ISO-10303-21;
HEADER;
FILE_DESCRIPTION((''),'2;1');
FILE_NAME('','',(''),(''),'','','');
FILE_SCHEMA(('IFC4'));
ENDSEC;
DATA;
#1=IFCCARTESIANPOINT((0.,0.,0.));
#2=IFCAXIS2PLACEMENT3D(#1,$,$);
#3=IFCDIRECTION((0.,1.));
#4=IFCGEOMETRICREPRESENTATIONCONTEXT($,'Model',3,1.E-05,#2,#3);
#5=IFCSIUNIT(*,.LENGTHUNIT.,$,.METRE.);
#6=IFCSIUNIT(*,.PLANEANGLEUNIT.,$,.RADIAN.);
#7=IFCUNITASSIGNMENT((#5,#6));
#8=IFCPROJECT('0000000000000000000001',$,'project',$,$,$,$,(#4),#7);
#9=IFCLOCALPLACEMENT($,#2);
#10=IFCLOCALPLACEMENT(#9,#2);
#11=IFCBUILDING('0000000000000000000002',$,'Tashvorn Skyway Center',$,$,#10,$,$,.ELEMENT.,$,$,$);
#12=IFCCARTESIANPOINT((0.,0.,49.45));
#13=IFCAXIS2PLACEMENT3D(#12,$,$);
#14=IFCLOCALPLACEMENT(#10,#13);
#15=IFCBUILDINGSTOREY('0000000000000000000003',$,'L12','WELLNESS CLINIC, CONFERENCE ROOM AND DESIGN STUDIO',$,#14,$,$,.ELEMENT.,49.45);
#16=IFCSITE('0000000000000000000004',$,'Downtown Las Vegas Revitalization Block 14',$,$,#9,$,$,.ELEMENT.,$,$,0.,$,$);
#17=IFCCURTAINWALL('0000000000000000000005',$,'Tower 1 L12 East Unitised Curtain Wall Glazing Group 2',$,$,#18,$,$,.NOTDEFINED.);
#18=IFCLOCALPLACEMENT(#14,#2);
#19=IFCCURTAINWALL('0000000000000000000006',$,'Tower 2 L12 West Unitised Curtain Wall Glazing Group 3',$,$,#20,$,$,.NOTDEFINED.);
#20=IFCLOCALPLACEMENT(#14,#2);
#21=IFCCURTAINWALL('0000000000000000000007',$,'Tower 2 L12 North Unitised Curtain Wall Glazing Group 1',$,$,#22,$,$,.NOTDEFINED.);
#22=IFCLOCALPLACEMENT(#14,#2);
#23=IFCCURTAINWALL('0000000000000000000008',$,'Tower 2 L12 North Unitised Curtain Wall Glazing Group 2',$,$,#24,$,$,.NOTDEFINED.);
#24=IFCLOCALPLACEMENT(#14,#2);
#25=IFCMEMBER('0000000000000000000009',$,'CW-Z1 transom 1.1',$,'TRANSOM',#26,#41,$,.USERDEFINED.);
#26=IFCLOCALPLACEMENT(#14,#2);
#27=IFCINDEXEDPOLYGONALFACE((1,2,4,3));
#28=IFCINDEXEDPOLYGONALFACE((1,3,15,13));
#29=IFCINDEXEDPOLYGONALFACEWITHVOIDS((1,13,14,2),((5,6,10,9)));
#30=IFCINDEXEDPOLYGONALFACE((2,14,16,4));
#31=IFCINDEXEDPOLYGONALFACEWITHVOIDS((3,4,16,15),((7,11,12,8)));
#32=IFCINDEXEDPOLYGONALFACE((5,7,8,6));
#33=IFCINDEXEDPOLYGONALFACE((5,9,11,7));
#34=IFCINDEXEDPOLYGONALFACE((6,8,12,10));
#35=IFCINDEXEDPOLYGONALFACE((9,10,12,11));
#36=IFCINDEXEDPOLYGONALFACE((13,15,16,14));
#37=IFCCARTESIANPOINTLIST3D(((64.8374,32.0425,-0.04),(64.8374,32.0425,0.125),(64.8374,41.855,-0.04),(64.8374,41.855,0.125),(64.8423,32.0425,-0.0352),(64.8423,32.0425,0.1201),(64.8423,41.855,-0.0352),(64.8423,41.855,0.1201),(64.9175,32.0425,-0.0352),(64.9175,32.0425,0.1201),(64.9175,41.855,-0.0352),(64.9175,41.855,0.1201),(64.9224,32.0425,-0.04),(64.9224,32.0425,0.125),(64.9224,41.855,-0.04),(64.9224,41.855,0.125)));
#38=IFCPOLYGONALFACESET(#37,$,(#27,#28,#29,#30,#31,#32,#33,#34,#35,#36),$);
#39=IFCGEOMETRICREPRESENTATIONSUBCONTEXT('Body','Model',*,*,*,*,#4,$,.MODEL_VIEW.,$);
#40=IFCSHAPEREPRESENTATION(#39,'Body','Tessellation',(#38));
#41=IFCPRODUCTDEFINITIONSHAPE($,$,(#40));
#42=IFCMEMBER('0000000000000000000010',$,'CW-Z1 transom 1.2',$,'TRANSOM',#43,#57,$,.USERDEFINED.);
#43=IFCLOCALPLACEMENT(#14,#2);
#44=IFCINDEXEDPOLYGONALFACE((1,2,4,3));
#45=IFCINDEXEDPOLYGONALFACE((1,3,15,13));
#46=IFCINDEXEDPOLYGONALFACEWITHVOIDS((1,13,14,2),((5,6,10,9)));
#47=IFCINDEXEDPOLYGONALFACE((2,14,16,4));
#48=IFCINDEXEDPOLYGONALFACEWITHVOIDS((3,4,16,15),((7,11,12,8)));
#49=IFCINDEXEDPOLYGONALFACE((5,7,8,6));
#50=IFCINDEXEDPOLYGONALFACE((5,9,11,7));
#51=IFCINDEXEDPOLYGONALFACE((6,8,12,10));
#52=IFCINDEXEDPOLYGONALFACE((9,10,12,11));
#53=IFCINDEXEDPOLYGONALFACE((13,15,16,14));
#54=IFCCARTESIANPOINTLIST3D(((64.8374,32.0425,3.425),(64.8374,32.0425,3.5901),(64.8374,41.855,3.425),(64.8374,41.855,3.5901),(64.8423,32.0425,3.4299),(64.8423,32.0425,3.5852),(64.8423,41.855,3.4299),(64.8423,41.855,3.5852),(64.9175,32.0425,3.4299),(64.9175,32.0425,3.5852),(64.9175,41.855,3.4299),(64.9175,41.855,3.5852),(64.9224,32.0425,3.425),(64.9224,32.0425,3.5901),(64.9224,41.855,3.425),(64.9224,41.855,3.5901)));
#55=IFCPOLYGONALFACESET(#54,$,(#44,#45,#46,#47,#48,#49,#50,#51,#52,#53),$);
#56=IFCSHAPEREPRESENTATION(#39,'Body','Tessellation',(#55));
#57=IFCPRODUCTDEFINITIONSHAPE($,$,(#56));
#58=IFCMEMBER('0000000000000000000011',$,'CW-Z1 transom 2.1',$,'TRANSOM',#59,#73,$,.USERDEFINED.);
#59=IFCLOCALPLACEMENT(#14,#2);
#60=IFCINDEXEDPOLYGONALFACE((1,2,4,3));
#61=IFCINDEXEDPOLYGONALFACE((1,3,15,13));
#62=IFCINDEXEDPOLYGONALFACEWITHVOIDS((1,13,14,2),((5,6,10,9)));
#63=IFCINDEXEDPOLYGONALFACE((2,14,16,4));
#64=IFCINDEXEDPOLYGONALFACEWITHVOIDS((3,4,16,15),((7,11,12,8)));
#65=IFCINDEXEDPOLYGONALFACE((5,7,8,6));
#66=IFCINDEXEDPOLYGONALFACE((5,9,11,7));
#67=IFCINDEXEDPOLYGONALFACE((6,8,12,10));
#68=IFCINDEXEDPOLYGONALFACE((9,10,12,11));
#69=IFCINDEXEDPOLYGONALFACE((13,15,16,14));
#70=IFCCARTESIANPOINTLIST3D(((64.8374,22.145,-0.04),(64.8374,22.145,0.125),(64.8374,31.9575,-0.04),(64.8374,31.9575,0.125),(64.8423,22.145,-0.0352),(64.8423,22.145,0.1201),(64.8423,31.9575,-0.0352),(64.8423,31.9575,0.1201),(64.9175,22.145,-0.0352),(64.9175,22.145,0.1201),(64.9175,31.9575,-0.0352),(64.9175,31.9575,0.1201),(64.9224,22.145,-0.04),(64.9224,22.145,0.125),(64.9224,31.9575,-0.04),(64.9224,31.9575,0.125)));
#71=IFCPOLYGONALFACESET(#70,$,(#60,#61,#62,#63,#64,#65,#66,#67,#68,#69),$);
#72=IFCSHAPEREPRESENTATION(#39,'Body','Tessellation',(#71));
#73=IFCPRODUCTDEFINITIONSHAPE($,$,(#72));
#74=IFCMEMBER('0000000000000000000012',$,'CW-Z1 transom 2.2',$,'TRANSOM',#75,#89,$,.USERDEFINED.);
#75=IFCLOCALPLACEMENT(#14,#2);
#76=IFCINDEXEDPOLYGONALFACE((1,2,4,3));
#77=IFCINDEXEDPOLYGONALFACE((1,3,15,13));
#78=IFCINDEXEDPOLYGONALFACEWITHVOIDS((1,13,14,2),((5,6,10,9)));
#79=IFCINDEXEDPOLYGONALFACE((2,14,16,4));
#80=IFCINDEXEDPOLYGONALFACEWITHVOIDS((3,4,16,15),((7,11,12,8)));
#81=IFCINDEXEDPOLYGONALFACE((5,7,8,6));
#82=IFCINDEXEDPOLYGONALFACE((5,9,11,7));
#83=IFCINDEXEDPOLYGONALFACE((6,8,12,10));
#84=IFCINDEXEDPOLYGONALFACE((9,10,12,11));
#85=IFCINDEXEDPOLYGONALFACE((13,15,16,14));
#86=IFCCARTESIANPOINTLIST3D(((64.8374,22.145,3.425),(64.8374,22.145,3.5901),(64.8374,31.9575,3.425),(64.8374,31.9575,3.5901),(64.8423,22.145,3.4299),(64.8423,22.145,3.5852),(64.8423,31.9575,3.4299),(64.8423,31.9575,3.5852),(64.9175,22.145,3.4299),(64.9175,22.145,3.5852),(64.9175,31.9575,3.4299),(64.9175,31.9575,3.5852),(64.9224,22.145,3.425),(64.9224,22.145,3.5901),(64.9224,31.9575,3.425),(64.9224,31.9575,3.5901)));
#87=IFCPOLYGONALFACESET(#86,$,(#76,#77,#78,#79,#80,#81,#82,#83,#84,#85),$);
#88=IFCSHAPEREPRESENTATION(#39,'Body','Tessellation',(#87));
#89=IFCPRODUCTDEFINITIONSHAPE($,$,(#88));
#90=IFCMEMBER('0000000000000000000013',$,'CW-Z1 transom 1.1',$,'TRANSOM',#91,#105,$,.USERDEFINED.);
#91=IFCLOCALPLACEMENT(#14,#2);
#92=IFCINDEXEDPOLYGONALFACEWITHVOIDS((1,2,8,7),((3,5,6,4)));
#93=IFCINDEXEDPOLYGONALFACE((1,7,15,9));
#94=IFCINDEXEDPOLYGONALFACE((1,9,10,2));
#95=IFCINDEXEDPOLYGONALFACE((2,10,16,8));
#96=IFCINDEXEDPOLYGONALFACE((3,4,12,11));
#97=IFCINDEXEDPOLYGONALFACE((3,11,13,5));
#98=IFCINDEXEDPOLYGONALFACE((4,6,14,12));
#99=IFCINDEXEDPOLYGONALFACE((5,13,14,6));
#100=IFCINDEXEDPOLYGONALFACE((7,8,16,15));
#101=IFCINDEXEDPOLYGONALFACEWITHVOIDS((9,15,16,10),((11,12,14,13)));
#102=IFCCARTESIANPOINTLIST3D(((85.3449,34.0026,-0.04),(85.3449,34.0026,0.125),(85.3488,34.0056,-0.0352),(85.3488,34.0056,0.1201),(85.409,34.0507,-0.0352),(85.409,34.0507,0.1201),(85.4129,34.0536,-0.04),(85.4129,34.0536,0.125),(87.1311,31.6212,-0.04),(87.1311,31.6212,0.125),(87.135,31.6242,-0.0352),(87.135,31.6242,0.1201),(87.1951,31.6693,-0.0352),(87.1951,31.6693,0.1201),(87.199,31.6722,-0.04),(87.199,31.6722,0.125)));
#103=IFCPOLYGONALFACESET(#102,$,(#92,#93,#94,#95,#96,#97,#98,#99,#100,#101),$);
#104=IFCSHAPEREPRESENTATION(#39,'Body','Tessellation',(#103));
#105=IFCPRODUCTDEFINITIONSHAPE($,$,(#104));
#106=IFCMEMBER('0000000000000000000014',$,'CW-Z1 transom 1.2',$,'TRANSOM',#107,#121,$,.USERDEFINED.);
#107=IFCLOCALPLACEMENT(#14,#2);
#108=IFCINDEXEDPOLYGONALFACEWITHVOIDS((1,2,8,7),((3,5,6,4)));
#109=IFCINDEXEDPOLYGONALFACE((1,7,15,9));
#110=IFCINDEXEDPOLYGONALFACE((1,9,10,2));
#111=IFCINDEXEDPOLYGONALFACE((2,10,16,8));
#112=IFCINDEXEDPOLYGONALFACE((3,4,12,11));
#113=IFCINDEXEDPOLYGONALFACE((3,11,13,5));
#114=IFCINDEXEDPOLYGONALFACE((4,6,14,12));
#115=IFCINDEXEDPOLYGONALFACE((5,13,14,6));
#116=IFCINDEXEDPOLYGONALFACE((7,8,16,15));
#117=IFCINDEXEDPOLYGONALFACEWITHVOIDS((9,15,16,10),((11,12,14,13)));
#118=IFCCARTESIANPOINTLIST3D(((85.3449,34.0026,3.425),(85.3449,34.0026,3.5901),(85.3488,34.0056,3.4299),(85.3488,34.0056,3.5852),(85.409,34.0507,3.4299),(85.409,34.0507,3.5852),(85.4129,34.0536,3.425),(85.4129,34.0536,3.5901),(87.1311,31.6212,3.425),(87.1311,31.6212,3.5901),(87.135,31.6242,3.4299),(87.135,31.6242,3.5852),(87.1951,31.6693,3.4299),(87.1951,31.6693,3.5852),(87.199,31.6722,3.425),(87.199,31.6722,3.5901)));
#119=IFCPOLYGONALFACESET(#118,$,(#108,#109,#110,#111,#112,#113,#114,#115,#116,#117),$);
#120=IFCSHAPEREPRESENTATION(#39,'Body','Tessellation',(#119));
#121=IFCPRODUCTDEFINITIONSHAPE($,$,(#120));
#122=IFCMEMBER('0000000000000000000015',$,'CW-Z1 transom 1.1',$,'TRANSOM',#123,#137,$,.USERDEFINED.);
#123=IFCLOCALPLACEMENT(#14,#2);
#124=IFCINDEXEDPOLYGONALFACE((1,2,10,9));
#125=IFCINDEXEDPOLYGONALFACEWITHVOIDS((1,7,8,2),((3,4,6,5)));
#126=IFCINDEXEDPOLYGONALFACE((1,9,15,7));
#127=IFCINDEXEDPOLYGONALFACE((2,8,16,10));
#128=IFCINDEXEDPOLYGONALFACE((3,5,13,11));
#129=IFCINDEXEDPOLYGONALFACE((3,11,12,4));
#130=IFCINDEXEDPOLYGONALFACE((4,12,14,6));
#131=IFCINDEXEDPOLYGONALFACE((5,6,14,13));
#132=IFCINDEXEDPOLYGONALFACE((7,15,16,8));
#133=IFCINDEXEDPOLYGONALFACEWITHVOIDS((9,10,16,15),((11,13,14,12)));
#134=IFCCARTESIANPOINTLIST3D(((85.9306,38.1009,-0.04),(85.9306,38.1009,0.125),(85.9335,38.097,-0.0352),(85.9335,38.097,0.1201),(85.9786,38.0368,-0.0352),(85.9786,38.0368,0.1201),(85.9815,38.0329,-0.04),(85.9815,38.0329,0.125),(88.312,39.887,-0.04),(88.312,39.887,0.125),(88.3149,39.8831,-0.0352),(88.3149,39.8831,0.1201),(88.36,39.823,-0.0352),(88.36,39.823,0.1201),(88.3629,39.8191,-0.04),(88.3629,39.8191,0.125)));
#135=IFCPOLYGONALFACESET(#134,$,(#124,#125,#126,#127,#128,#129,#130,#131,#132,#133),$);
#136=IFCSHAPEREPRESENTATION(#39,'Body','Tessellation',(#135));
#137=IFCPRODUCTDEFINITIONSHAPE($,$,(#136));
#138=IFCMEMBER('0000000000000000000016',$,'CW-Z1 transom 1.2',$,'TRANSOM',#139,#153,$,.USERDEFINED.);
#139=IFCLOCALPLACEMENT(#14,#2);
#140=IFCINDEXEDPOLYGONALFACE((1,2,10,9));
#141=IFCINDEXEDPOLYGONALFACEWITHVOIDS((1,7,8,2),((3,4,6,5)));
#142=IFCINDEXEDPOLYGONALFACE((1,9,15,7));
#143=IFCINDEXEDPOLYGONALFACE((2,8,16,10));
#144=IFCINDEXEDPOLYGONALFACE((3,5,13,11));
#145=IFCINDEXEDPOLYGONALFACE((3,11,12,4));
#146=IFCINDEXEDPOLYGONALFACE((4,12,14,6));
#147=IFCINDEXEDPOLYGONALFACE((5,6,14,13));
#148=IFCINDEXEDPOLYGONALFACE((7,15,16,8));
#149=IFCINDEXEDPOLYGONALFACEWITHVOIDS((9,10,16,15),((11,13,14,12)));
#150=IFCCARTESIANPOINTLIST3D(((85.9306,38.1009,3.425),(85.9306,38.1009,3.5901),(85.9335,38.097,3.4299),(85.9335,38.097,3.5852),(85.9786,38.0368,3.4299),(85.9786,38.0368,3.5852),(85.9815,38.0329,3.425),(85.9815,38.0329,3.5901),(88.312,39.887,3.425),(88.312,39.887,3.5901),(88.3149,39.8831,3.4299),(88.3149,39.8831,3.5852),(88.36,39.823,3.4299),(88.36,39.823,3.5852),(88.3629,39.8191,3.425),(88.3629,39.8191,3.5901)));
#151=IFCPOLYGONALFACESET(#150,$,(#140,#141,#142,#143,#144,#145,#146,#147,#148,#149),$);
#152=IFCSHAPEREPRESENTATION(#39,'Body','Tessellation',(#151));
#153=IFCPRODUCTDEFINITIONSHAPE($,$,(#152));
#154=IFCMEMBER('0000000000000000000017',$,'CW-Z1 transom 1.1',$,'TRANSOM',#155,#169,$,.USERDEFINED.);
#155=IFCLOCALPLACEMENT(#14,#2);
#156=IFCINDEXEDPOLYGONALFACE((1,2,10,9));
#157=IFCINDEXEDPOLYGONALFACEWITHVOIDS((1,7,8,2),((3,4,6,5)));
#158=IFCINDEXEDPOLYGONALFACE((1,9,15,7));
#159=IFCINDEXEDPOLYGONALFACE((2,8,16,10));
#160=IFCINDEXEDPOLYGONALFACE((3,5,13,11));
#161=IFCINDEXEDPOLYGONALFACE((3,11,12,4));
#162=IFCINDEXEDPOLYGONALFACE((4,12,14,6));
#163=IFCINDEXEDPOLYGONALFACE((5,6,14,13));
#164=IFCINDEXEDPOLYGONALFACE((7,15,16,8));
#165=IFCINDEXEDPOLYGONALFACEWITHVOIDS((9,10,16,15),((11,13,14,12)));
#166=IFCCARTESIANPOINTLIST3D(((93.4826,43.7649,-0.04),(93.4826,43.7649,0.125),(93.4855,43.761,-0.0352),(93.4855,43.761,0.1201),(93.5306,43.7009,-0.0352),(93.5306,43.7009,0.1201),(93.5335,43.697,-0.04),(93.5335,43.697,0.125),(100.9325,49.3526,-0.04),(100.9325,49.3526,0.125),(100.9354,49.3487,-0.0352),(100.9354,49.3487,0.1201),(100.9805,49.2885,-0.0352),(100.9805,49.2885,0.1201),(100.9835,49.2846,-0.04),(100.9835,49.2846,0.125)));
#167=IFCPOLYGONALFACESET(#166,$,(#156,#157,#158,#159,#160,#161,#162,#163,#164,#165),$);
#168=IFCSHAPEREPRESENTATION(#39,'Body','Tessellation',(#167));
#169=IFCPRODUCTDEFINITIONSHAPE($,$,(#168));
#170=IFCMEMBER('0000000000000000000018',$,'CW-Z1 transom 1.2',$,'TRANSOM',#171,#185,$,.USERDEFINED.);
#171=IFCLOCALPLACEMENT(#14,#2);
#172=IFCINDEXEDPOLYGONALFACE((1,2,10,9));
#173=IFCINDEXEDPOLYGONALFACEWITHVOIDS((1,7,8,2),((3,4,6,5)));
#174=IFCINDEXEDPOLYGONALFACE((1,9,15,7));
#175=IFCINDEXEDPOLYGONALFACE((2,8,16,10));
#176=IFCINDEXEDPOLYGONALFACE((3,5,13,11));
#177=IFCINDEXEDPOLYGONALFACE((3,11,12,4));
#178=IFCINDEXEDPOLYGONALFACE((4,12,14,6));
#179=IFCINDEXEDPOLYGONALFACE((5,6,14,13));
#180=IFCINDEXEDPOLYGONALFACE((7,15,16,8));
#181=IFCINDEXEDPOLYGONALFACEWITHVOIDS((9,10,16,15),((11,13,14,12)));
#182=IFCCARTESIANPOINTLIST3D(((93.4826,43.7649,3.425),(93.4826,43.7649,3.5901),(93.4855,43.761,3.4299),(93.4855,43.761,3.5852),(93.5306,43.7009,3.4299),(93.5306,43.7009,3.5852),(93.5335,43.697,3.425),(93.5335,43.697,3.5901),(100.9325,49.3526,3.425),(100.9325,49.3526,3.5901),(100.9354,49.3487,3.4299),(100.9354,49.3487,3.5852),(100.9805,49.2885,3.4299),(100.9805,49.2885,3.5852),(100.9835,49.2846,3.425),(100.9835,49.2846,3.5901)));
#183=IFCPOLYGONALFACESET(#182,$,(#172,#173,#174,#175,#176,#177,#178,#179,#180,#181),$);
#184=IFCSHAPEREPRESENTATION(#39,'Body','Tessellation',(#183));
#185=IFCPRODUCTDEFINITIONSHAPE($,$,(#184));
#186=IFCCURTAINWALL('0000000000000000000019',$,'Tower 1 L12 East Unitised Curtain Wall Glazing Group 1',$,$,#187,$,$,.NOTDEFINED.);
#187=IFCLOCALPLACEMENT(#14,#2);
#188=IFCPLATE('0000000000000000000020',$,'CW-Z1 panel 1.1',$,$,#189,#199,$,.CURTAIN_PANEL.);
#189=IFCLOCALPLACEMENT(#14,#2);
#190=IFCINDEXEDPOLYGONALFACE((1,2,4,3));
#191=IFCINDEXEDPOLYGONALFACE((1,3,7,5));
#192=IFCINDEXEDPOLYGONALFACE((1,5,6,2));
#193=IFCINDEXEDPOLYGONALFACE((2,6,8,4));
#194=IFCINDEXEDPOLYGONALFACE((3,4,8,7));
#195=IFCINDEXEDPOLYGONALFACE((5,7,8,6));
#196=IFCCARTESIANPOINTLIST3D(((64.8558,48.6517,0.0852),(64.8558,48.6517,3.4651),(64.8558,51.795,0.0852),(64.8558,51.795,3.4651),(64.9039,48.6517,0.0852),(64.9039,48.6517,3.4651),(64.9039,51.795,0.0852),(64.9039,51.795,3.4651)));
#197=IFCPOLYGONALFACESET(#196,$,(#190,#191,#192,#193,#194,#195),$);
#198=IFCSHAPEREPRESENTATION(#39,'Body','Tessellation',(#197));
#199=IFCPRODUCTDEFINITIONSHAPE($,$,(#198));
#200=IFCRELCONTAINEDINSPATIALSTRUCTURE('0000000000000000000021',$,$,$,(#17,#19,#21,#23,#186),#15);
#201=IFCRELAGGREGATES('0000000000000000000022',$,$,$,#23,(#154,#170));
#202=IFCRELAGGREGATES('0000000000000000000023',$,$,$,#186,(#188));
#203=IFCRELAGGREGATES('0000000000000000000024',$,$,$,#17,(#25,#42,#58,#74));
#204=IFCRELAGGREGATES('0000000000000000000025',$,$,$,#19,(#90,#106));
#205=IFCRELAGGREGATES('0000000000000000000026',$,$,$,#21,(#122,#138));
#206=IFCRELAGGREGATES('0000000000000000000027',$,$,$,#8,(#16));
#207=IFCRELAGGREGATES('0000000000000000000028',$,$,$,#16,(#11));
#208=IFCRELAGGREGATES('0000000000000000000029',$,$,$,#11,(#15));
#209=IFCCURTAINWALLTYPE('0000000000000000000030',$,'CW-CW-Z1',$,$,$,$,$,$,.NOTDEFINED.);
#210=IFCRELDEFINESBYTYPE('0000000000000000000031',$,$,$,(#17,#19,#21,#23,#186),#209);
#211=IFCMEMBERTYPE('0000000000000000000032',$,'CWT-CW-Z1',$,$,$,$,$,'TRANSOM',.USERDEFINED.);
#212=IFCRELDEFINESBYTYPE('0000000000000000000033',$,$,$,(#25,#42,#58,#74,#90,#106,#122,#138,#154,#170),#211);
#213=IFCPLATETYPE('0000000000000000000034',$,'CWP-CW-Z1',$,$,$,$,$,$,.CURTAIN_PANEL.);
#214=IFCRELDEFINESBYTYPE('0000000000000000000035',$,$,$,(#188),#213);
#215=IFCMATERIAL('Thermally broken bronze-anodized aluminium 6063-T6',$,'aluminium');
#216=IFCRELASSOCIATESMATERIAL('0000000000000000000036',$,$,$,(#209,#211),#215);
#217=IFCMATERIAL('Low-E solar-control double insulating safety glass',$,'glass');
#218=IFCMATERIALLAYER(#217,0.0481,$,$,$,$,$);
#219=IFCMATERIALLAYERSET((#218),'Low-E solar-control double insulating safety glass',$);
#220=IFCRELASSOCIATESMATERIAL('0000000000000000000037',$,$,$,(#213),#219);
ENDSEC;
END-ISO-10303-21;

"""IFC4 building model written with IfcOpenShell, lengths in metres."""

from ifc_helpers import new_model, si_unit, direction, frame, origin, origin_2d, place, context, subcontext, project, spatial, rectangle, hollow_rectangle, extrude, material, layer, layer_set, material_profile, profile_set, type_object, element, aggregate, save


model = new_model("IFC4")

# Units and contexts
model_context = context("Model", 3, precision=1e-05, world=origin(), true_north=direction((0.0, 1.0)))
body_context = subcontext(model_context, "Body", "Model", "MODEL_VIEW")
ifc_project = project(units=[si_unit("LENGTHUNIT", "METRE"), si_unit("PLANEANGLEUNIT", "RADIAN")], contexts=[model_context])

# Site, building, storey
site_placement = place(None, origin())
site = spatial("IfcSite", under=ifc_project, at=site_placement, Name="Downtown Las Vegas Revitalization Block 14", CompositionType="ELEMENT", RefElevation=0.0)
building_placement = place(site_placement, origin())
building = spatial("IfcBuilding", under=site, at=building_placement, Name="Tashvorn Skyway Center", CompositionType="ELEMENT")
storey_placement = place(building_placement, frame((0.0, 0.0, 49.45)))
storey = spatial("IfcBuildingStorey", under=building, at=storey_placement, Name="L12", Description="WELLNESS CLINIC, CONFERENCE ROOM AND DESIGN STUDIO", CompositionType="ELEMENT", Elevation=49.45)

# Curtain walls
ifc_material_1 = material(Name="Thermally broken bronze-anodized aluminium 6063-T6", Category="aluminium")
curtain_wall_type = type_object("IfcCurtainWallType", Name="CW-CW-Z1", PredefinedType="NOTDEFINED", material=ifc_material_1)
curtain_wall_1_placement = place(storey_placement, origin())
curtain_wall_1 = element("IfcCurtainWall", 1, at=curtain_wall_1_placement, inside=storey, type_object=curtain_wall_type, Name="Tower 1 L12 East Unitised Curtain Wall Glazing Group 2", PredefinedType="NOTDEFINED")
curtain_wall_2_placement = place(storey_placement, origin())
curtain_wall_2 = element("IfcCurtainWall", 2, at=curtain_wall_2_placement, inside=storey, type_object=curtain_wall_type, Name="Tower 2 L12 West Unitised Curtain Wall Glazing Group 3", PredefinedType="NOTDEFINED")
curtain_wall_3_placement = place(storey_placement, origin())
curtain_wall_3 = element("IfcCurtainWall", 3, at=curtain_wall_3_placement, inside=storey, type_object=curtain_wall_type, Name="Tower 2 L12 North Unitised Curtain Wall Glazing Group 1", PredefinedType="NOTDEFINED")

# Curtain wall
curtain_wall_4_placement = place(storey_placement, origin())
curtain_wall_4 = element("IfcCurtainWall", 4, at=curtain_wall_4_placement, inside=storey, type_object=curtain_wall_type, Name="Tower 2 L12 North Unitised Curtain Wall Glazing Group 2", PredefinedType="NOTDEFINED")

# Members
ifc_material_profile_1 = material_profile(ifc_material_1, hollow_rectangle(XDim=0.085, YDim=0.165, WallThickness=0.0049, at=origin_2d()), Name="ALU-TRAN-85x165")
ifc_profile_set_1 = profile_set([ifc_material_profile_1], Name="Thermally broken bronze-anodized aluminium 6063-T6")
member_type_1 = type_object("IfcMemberType", Name="CWT-CW-Z1", ElementType="TRANSOM", PredefinedType="USERDEFINED", material=ifc_profile_set_1)
member_1_placement = place(storey_placement, frame((64.8799, 41.855, 0.0425), z_axis=(0.0, -1.0, 0.0), x_axis=(1.0, 0.0, 0.0)))
member_1 = element("IfcMember", 5, at=member_1_placement, type_object=member_type_1, Name="CW-Z1 transom 1.1", ObjectType="TRANSOM", PredefinedType="USERDEFINED", context=body_context, shape_type="SweptSolid", body=[
    extrude(hollow_rectangle(XDim=0.085, YDim=0.165, WallThickness=0.0049, at=origin_2d()), origin(), (0.0, 0.0, 1.0), 9.8125),
])
member_2_placement = place(storey_placement, frame((64.8799, 41.855, 3.5076), z_axis=(0.0, -1.0, 0.0), x_axis=(1.0, 0.0, 0.0)))
member_2 = element("IfcMember", 6, at=member_2_placement, type_object=member_type_1, Name="CW-Z1 transom 1.2", ObjectType="TRANSOM", PredefinedType="USERDEFINED", context=body_context, shape_type="SweptSolid", body=[
    extrude(hollow_rectangle(XDim=0.085, YDim=0.165, WallThickness=0.0049, at=origin_2d()), origin(), (0.0, 0.0, 1.0), 9.8125),
])
member_3_placement = place(storey_placement, frame((64.8799, 31.9575, 0.0425), z_axis=(0.0, -1.0, 0.0), x_axis=(1.0, 0.0, 0.0)))
member_3 = element("IfcMember", 7, at=member_3_placement, type_object=member_type_1, Name="CW-Z1 transom 2.1", ObjectType="TRANSOM", PredefinedType="USERDEFINED", context=body_context, shape_type="SweptSolid", body=[
    extrude(hollow_rectangle(XDim=0.085, YDim=0.165, WallThickness=0.0049, at=origin_2d()), origin(), (0.0, 0.0, 1.0), 9.8125),
])
member_4_placement = place(storey_placement, frame((64.8799, 31.9575, 3.5076), z_axis=(0.0, -1.0, 0.0), x_axis=(1.0, 0.0, 0.0)))
member_4 = element("IfcMember", 8, at=member_4_placement, type_object=member_type_1, Name="CW-Z1 transom 2.2", ObjectType="TRANSOM", PredefinedType="USERDEFINED", context=body_context, shape_type="SweptSolid", body=[
    extrude(hollow_rectangle(XDim=0.085, YDim=0.165, WallThickness=0.0049, at=origin_2d()), origin(), (0.0, 0.0, 1.0), 9.8125),
])
member_5_placement = place(storey_placement, frame((87.165, 31.6467, 0.0425), z_axis=(-0.600026, 0.79998, 0.0), x_axis=(-0.79998, -0.600026, 0.0)))
member_5 = element("IfcMember", 9, at=member_5_placement, type_object=member_type_1, Name="CW-Z1 transom 1.1", ObjectType="TRANSOM", PredefinedType="USERDEFINED", context=body_context, shape_type="SweptSolid", body=[
    extrude(hollow_rectangle(XDim=0.085, YDim=0.165, WallThickness=0.0049, at=origin_2d()), origin(), (0.0, 0.0, 1.0), 2.9768),
])
member_6_placement = place(storey_placement, frame((87.165, 31.6467, 3.5076), z_axis=(-0.600026, 0.79998, 0.0), x_axis=(-0.79998, -0.600026, 0.0)))
member_6 = element("IfcMember", 10, at=member_6_placement, type_object=member_type_1, Name="CW-Z1 transom 1.2", ObjectType="TRANSOM", PredefinedType="USERDEFINED", context=body_context, shape_type="SweptSolid", body=[
    extrude(hollow_rectangle(XDim=0.085, YDim=0.165, WallThickness=0.0049, at=origin_2d()), origin(), (0.0, 0.0, 1.0), 2.9768),
])
member_7_placement = place(storey_placement, frame((85.9561, 38.0669, 0.0425), z_axis=(0.79998, 0.600026, 0.0), x_axis=(-0.600026, 0.79998, 0.0)))
member_7 = element("IfcMember", 11, at=member_7_placement, type_object=member_type_1, Name="CW-Z1 transom 1.1", ObjectType="TRANSOM", PredefinedType="USERDEFINED", context=body_context, shape_type="SweptSolid", body=[
    extrude(hollow_rectangle(XDim=0.085, YDim=0.165, WallThickness=0.0049, at=origin_2d()), origin(), (0.0, 0.0, 1.0), 2.9768),
])
member_8_placement = place(storey_placement, frame((85.9561, 38.0669, 3.5076), z_axis=(0.79998, 0.600026, 0.0), x_axis=(-0.600026, 0.79998, 0.0)))
member_8 = element("IfcMember", 12, at=member_8_placement, type_object=member_type_1, Name="CW-Z1 transom 1.2", ObjectType="TRANSOM", PredefinedType="USERDEFINED", context=body_context, shape_type="SweptSolid", body=[
    extrude(hollow_rectangle(XDim=0.085, YDim=0.165, WallThickness=0.0049, at=origin_2d()), origin(), (0.0, 0.0, 1.0), 2.9768),
])
member_9_placement = place(storey_placement, frame((93.5081, 43.731, 0.0425), z_axis=(0.799991, 0.600013, 0.0), x_axis=(-0.600013, 0.799991, 0.0)))
member_9 = element("IfcMember", 13, at=member_9_placement, type_object=member_type_1, Name="CW-Z1 transom 1.1", ObjectType="TRANSOM", PredefinedType="USERDEFINED", context=body_context, shape_type="SweptSolid", body=[
    extrude(hollow_rectangle(XDim=0.085, YDim=0.165, WallThickness=0.0049, at=origin_2d()), origin(), (0.0, 0.0, 1.0), 9.3125),
])
member_10_placement = place(storey_placement, frame((93.5081, 43.731, 3.5076), z_axis=(0.799991, 0.600013, 0.0), x_axis=(-0.600013, 0.799991, 0.0)))
member_10 = element("IfcMember", 14, at=member_10_placement, type_object=member_type_1, Name="CW-Z1 transom 1.2", ObjectType="TRANSOM", PredefinedType="USERDEFINED", context=body_context, shape_type="SweptSolid", body=[
    extrude(hollow_rectangle(XDim=0.085, YDim=0.165, WallThickness=0.0049, at=origin_2d()), origin(), (0.0, 0.0, 1.0), 9.3125),
])
aggregate(curtain_wall_4, [member_9, member_10])

# Curtain wall, plate
curtain_wall_5_placement = place(storey_placement, origin())
curtain_wall_5 = element("IfcCurtainWall", 15, at=curtain_wall_5_placement, inside=storey, type_object=curtain_wall_type, Name="Tower 1 L12 East Unitised Curtain Wall Glazing Group 1", PredefinedType="NOTDEFINED")
ifc_material_2 = material(Name="Low-E solar-control double insulating safety glass", Category="glass")
ifc_layer_1 = layer(ifc_material_2, 0.0481)
ifc_layer_set_1 = layer_set([ifc_layer_1], Name="Low-E solar-control double insulating safety glass")
plate_type = type_object("IfcPlateType", Name="CWP-CW-Z1", PredefinedType="CURTAIN_PANEL", material=ifc_layer_set_1)
plate_1_placement = place(storey_placement, frame((64.8799, 50.2234, 0.0852), z_axis=(0.0, 0.0, 1.0), x_axis=(0.0, -1.0, 0.0)))
plate_1 = element("IfcPlate", 16, at=plate_1_placement, type_object=plate_type, Name="CW-Z1 panel 1.1", PredefinedType="CURTAIN_PANEL", context=body_context, shape_type="SweptSolid", body=[
    extrude(rectangle(XDim=3.1433, YDim=0.0481, at=origin_2d()), origin(), (0.0, 0.0, 1.0), 3.3799),
])
aggregate(curtain_wall_5, [plate_1])

aggregate(curtain_wall_1, [member_1, member_2, member_3, member_4])
aggregate(curtain_wall_2, [member_5, member_6])
aggregate(curtain_wall_3, [member_7, member_8])

save(model, "model.ifc")
